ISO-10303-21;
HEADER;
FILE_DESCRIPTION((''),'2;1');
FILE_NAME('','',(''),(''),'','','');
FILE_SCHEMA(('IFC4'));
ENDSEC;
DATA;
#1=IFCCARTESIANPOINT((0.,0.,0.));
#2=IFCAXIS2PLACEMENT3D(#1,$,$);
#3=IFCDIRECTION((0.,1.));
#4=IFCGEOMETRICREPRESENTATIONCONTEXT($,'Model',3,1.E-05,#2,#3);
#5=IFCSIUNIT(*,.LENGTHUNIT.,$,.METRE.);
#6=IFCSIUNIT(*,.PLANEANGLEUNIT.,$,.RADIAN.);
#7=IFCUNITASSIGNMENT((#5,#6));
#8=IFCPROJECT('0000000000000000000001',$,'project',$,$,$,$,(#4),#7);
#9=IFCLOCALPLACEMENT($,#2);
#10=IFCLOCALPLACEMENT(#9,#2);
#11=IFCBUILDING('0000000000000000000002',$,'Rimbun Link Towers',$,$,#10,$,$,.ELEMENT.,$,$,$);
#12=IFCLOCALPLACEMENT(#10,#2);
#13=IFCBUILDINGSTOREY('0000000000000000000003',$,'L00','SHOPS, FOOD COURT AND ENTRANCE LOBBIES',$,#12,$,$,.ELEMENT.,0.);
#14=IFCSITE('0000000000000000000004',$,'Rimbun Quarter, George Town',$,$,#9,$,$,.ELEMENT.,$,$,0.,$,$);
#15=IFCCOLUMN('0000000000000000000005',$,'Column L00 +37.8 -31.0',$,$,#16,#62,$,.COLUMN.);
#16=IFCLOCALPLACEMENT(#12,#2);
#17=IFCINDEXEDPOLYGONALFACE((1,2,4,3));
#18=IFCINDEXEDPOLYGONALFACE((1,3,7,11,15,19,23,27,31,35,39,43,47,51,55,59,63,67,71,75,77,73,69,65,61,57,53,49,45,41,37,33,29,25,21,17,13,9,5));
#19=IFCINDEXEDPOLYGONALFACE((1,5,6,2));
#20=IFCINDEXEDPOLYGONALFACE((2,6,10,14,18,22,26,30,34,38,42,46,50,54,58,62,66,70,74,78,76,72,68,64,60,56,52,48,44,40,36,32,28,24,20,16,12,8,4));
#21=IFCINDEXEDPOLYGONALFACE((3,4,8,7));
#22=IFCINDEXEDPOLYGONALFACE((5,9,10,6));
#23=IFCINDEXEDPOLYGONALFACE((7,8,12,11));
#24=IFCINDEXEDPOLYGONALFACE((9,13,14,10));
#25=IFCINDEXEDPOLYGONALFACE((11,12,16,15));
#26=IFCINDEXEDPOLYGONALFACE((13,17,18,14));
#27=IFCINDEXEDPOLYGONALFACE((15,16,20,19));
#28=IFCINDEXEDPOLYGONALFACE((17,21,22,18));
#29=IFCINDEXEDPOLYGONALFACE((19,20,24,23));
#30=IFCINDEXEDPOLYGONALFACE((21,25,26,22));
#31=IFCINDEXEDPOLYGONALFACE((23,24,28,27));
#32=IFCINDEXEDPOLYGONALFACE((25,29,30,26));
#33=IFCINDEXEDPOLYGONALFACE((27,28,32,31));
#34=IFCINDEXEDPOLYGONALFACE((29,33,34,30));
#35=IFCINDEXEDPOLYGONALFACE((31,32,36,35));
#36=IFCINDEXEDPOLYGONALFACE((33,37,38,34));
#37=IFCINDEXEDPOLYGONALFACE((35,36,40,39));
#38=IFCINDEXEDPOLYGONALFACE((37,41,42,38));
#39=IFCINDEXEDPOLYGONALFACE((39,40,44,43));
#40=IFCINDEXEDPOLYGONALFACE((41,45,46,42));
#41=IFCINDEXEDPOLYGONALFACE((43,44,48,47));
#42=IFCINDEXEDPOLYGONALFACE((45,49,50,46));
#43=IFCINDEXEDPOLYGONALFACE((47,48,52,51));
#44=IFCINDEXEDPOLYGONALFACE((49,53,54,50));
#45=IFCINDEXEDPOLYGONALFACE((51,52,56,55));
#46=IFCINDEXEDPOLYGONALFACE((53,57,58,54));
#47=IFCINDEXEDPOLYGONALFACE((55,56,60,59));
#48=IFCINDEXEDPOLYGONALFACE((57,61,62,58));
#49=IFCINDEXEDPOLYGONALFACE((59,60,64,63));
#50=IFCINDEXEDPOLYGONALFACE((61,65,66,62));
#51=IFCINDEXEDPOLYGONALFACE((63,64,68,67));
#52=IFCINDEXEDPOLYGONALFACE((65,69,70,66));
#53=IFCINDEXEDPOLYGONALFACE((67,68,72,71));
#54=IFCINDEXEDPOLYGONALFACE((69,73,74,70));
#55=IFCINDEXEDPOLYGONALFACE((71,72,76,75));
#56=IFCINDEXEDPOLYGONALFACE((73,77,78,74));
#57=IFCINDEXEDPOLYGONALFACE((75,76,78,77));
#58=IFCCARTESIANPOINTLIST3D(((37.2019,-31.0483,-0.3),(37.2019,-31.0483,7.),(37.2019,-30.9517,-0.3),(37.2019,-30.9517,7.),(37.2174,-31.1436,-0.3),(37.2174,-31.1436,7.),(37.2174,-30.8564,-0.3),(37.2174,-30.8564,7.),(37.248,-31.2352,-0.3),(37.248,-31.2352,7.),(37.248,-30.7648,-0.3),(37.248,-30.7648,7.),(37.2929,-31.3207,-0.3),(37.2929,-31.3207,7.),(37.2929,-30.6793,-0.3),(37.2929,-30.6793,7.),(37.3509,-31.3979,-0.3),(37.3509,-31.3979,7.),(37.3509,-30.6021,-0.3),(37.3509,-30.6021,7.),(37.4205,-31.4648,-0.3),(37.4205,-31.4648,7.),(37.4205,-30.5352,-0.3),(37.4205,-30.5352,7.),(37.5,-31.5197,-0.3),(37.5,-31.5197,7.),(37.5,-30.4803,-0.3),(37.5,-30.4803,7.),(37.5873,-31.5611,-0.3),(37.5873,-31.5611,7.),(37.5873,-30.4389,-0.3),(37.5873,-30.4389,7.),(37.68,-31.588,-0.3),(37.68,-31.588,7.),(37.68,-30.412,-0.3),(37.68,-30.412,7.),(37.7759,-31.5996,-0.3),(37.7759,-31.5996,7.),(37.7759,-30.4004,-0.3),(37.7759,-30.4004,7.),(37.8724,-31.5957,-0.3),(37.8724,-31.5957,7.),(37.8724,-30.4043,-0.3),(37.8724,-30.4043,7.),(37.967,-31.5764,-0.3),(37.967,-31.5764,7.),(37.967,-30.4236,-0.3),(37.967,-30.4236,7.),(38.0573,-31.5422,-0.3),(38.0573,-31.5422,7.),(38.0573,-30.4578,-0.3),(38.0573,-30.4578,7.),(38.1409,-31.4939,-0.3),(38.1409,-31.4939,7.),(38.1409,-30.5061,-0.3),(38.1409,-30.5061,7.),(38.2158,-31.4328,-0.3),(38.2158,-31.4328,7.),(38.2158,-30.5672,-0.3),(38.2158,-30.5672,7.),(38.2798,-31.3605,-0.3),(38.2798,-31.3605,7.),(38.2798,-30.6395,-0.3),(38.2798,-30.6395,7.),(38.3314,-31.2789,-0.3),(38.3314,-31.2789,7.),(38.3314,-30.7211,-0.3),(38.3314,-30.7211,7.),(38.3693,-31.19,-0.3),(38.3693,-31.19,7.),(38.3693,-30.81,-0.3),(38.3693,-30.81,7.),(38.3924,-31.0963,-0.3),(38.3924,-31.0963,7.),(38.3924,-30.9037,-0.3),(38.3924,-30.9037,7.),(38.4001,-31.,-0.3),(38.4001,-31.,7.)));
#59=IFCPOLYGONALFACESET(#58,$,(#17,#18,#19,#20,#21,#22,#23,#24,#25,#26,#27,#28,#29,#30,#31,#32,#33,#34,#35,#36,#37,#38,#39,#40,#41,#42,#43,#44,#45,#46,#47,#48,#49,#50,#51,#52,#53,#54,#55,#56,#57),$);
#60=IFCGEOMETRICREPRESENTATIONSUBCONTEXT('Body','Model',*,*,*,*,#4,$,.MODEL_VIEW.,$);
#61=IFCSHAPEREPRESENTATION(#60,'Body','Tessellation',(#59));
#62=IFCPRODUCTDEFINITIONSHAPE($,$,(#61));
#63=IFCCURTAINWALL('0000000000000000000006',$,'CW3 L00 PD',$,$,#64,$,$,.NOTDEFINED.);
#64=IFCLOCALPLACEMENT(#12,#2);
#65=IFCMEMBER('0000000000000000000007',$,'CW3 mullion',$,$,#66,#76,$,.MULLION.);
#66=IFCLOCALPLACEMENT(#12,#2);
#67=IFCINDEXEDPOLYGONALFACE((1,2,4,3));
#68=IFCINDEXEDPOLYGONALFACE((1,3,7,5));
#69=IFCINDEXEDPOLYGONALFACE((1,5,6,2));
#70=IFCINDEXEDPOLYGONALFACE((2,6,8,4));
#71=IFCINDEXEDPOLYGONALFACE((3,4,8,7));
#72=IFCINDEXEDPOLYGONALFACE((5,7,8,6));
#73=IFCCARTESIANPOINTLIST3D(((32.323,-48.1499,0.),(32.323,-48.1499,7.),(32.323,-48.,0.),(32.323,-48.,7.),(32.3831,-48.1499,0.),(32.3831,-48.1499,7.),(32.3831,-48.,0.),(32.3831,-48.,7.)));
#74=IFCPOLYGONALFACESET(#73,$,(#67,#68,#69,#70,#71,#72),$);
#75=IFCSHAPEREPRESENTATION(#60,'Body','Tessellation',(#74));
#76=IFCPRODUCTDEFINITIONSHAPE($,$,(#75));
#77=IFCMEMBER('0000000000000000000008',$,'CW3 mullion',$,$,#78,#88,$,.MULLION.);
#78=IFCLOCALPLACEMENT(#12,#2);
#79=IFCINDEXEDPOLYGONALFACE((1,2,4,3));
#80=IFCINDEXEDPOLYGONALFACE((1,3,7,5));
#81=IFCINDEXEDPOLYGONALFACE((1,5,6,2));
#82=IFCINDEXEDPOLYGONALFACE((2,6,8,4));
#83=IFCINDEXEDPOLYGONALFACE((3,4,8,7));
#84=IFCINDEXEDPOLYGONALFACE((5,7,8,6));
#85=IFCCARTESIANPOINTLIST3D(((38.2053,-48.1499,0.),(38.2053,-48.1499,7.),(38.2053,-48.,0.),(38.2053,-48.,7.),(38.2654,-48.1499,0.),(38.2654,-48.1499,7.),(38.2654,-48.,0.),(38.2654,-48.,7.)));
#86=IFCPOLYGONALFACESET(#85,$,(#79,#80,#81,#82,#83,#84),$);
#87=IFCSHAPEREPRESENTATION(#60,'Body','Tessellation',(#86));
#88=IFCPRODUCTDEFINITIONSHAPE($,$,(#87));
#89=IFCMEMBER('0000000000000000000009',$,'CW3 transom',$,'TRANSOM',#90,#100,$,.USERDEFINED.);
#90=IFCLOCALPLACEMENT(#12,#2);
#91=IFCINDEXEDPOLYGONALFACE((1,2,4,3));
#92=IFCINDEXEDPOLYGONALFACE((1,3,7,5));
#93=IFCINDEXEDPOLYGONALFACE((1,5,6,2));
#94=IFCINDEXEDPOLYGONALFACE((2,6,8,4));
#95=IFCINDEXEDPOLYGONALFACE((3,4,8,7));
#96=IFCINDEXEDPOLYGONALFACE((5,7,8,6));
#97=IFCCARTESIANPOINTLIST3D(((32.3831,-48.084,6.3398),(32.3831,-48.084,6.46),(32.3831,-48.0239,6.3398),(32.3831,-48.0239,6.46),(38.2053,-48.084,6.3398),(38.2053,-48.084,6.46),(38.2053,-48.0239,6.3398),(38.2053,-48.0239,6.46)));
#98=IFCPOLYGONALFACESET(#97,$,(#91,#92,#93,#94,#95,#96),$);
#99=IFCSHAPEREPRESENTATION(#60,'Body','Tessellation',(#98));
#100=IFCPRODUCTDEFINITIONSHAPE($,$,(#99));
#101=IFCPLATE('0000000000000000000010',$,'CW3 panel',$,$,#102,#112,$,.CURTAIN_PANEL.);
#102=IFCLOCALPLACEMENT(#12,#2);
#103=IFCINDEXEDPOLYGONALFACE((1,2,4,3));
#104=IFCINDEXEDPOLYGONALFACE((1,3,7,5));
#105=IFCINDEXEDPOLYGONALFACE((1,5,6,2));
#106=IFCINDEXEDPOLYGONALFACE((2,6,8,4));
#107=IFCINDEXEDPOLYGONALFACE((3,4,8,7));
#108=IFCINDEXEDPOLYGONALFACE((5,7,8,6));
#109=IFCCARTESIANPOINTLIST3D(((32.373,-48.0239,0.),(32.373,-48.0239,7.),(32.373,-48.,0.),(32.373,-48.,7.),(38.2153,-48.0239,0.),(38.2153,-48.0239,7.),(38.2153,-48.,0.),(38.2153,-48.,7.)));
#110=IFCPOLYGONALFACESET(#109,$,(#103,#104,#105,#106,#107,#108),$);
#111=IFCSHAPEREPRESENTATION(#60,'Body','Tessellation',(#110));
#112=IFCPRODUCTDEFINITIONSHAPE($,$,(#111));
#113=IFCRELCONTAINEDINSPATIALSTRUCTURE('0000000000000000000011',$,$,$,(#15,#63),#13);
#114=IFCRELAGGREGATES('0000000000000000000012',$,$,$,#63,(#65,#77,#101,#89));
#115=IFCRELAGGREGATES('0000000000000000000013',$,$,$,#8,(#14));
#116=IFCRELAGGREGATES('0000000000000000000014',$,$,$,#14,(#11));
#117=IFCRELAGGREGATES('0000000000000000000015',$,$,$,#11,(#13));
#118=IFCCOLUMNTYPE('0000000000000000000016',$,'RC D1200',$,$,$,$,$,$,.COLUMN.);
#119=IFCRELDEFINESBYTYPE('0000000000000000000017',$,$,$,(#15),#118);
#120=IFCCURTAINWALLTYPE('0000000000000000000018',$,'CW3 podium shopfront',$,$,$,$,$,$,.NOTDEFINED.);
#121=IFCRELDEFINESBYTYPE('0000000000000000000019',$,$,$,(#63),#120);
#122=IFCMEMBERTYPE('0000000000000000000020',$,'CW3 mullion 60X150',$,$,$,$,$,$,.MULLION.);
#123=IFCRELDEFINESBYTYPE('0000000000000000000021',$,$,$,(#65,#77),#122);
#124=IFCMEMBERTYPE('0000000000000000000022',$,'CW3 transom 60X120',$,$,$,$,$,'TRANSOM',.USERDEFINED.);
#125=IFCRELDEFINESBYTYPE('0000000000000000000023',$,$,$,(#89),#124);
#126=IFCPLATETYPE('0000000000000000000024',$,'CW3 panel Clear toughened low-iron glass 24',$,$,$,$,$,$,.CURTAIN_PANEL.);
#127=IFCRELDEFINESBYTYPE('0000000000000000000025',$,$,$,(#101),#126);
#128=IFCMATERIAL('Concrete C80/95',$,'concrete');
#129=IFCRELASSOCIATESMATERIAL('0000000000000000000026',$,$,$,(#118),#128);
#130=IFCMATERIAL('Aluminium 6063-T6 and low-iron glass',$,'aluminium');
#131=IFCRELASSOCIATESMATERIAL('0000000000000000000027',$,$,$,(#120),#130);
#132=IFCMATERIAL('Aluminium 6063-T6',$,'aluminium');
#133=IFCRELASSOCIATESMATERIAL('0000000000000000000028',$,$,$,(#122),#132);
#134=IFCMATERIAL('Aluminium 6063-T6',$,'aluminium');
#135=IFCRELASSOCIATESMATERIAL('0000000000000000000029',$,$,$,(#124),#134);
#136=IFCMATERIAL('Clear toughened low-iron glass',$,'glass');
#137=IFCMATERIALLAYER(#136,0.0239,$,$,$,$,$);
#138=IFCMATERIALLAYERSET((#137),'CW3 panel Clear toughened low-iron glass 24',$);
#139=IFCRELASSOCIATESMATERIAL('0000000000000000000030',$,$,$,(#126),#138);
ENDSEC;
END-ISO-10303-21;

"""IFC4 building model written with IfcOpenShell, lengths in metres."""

from ifc_helpers import new_model, si_unit, direction, frame, origin, origin_2d, place, context, subcontext, project, spatial, rectangle, circle, extrude, material, layer, layer_set, material_profile, profile_set, type_object, element, aggregate, save


model = new_model("IFC4")

# Units and contexts
model_context = context("Model", 3, precision=1e-05, world=origin(), true_north=direction((0.0, 1.0)))
body_context = subcontext(model_context, "Body", "Model", "MODEL_VIEW")
ifc_project = project(units=[si_unit("LENGTHUNIT", "METRE"), si_unit("PLANEANGLEUNIT", "RADIAN")], contexts=[model_context])

# Site, building, storey
site_placement = place(None, origin())
site = spatial("IfcSite", under=ifc_project, at=site_placement, Name="Rimbun Quarter, George Town", CompositionType="ELEMENT", RefElevation=0.0)
building_placement = place(site_placement, origin())
building = spatial("IfcBuilding", under=site, at=building_placement, Name="Rimbun Link Towers", CompositionType="ELEMENT")
storey_placement = place(building_placement, origin())
storey = spatial("IfcBuildingStorey", under=building, at=storey_placement, Name="L00", Description="SHOPS, FOOD COURT AND ENTRANCE LOBBIES", CompositionType="ELEMENT", Elevation=0.0)

# Column
ifc_material_1 = material(Name="Concrete C80/95", Category="concrete")
ifc_material_profile_1 = material_profile(ifc_material_1, circle(Radius=0.6001, at=origin_2d()), Name="RC D1200")
ifc_profile_set_1 = profile_set([ifc_material_profile_1], Name="Concrete C80/95")
column_type = type_object("IfcColumnType", Name="RC D1200", PredefinedType="COLUMN", material=ifc_profile_set_1)
for number, where, z_axis, x_axis, name in (
    (1, (37.8, -31.0, -0.3), (0.0, 0.0, 1.0), (1.0, 0.0, 0.0), "Column L00 +37.8 -31.0"),
):
    element("IfcColumn", number, at=place(storey_placement, frame(where, z_axis=z_axis, x_axis=x_axis)), inside=storey, type_object=column_type, Name=name, PredefinedType="COLUMN", context=body_context, shape_type="SweptSolid", body=[
        extrude(circle(Radius=0.6001, at=origin_2d()), origin(), (0.0, 0.0, 1.0), 7.3),
    ])

# Curtain wall, members, plate
ifc_material_2 = material(Name="Aluminium 6063-T6 and low-iron glass", Category="aluminium")
curtain_wall_type = type_object("IfcCurtainWallType", Name="CW3 podium shopfront", PredefinedType="NOTDEFINED", material=ifc_material_2)
curtain_wall_placement = place(storey_placement, origin())
curtain_wall = element("IfcCurtainWall", 2, at=curtain_wall_placement, inside=storey, type_object=curtain_wall_type, Name="CW3 L00 PD", PredefinedType="NOTDEFINED")
ifc_material_3 = material(Name="Aluminium 6063-T6", Category="aluminium")
ifc_material_profile_2 = material_profile(ifc_material_3, rectangle(XDim=0.1499, YDim=0.0601, at=origin_2d()), Name="MULLION 60X150")
ifc_profile_set_2 = profile_set([ifc_material_profile_2], Name="Aluminium 6063-T6")
member_type_1 = type_object("IfcMemberType", Name="CW3 mullion 60X150", PredefinedType="MULLION", material=ifc_profile_set_2)
member_1_placement = place(storey_placement, frame((32.353, -48.075, 0.0), z_axis=(0.0, 0.0, 1.0), x_axis=(0.0, -1.0, 0.0)))
member_1 = element("IfcMember", 3, at=member_1_placement, type_object=member_type_1, Name="CW3 mullion", PredefinedType="MULLION", context=body_context, shape_type="SweptSolid", body=[
    extrude(rectangle(XDim=0.1499, YDim=0.0601, at=origin_2d()), origin(), (0.0, 0.0, 1.0), 7.0),
])
member_2_placement = place(storey_placement, frame((38.2354, -48.075, 0.0), z_axis=(0.0, 0.0, 1.0), x_axis=(0.0, -1.0, 0.0)))
member_2 = element("IfcMember", 4, at=member_2_placement, type_object=member_type_1, Name="CW3 mullion", PredefinedType="MULLION", context=body_context, shape_type="SweptSolid", body=[
    extrude(rectangle(XDim=0.1499, YDim=0.0601, at=origin_2d()), origin(), (0.0, 0.0, 1.0), 7.0),
])
ifc_material_4 = material(Name="Aluminium 6063-T6", Category="aluminium")
ifc_material_profile_3 = material_profile(ifc_material_4, rectangle(XDim=0.0601, YDim=0.1201, at=origin_2d()), Name="TRANSOM 60X120")
ifc_profile_set_3 = profile_set([ifc_material_profile_3], Name="Aluminium 6063-T6")
member_type_2 = type_object("IfcMemberType", Name="CW3 transom 60X120", ElementType="TRANSOM", PredefinedType="USERDEFINED", material=ifc_profile_set_3)
member_3_placement = place(storey_placement, frame((38.2053, -48.054, 6.3999), z_axis=(-1.0, 0.0, 0.0), x_axis=(0.0, -1.0, 0.0)))
member_3 = element("IfcMember", 5, at=member_3_placement, type_object=member_type_2, Name="CW3 transom", ObjectType="TRANSOM", PredefinedType="USERDEFINED", context=body_context, shape_type="SweptSolid", body=[
    extrude(rectangle(XDim=0.0601, YDim=0.1201, at=origin_2d()), origin(), (0.0, 0.0, 1.0), 5.8223),
])
ifc_material_5 = material(Name="Clear toughened low-iron glass", Category="glass")
ifc_layer = layer(ifc_material_5, 0.0239)
ifc_layer_set = layer_set([ifc_layer], Name="CW3 panel Clear toughened low-iron glass 24")
plate_type = type_object("IfcPlateType", Name="CW3 panel Clear toughened low-iron glass 24", PredefinedType="CURTAIN_PANEL", material=ifc_layer_set)
plate_placement = place(storey_placement, frame((35.2942, -48.012, 0.0), z_axis=(0.0, 0.0, 1.0), x_axis=(-1.0, 0.0, 0.0)))
plate = element("IfcPlate", 6, at=plate_placement, type_object=plate_type, Name="CW3 panel", PredefinedType="CURTAIN_PANEL", context=body_context, shape_type="SweptSolid", body=[
    extrude(rectangle(XDim=5.8423, YDim=0.0239, at=origin_2d()), origin(), (0.0, 0.0, 1.0), 7.0),
])
aggregate(curtain_wall, [member_1, member_2, plate, member_3])

save(model, "model.ifc")
